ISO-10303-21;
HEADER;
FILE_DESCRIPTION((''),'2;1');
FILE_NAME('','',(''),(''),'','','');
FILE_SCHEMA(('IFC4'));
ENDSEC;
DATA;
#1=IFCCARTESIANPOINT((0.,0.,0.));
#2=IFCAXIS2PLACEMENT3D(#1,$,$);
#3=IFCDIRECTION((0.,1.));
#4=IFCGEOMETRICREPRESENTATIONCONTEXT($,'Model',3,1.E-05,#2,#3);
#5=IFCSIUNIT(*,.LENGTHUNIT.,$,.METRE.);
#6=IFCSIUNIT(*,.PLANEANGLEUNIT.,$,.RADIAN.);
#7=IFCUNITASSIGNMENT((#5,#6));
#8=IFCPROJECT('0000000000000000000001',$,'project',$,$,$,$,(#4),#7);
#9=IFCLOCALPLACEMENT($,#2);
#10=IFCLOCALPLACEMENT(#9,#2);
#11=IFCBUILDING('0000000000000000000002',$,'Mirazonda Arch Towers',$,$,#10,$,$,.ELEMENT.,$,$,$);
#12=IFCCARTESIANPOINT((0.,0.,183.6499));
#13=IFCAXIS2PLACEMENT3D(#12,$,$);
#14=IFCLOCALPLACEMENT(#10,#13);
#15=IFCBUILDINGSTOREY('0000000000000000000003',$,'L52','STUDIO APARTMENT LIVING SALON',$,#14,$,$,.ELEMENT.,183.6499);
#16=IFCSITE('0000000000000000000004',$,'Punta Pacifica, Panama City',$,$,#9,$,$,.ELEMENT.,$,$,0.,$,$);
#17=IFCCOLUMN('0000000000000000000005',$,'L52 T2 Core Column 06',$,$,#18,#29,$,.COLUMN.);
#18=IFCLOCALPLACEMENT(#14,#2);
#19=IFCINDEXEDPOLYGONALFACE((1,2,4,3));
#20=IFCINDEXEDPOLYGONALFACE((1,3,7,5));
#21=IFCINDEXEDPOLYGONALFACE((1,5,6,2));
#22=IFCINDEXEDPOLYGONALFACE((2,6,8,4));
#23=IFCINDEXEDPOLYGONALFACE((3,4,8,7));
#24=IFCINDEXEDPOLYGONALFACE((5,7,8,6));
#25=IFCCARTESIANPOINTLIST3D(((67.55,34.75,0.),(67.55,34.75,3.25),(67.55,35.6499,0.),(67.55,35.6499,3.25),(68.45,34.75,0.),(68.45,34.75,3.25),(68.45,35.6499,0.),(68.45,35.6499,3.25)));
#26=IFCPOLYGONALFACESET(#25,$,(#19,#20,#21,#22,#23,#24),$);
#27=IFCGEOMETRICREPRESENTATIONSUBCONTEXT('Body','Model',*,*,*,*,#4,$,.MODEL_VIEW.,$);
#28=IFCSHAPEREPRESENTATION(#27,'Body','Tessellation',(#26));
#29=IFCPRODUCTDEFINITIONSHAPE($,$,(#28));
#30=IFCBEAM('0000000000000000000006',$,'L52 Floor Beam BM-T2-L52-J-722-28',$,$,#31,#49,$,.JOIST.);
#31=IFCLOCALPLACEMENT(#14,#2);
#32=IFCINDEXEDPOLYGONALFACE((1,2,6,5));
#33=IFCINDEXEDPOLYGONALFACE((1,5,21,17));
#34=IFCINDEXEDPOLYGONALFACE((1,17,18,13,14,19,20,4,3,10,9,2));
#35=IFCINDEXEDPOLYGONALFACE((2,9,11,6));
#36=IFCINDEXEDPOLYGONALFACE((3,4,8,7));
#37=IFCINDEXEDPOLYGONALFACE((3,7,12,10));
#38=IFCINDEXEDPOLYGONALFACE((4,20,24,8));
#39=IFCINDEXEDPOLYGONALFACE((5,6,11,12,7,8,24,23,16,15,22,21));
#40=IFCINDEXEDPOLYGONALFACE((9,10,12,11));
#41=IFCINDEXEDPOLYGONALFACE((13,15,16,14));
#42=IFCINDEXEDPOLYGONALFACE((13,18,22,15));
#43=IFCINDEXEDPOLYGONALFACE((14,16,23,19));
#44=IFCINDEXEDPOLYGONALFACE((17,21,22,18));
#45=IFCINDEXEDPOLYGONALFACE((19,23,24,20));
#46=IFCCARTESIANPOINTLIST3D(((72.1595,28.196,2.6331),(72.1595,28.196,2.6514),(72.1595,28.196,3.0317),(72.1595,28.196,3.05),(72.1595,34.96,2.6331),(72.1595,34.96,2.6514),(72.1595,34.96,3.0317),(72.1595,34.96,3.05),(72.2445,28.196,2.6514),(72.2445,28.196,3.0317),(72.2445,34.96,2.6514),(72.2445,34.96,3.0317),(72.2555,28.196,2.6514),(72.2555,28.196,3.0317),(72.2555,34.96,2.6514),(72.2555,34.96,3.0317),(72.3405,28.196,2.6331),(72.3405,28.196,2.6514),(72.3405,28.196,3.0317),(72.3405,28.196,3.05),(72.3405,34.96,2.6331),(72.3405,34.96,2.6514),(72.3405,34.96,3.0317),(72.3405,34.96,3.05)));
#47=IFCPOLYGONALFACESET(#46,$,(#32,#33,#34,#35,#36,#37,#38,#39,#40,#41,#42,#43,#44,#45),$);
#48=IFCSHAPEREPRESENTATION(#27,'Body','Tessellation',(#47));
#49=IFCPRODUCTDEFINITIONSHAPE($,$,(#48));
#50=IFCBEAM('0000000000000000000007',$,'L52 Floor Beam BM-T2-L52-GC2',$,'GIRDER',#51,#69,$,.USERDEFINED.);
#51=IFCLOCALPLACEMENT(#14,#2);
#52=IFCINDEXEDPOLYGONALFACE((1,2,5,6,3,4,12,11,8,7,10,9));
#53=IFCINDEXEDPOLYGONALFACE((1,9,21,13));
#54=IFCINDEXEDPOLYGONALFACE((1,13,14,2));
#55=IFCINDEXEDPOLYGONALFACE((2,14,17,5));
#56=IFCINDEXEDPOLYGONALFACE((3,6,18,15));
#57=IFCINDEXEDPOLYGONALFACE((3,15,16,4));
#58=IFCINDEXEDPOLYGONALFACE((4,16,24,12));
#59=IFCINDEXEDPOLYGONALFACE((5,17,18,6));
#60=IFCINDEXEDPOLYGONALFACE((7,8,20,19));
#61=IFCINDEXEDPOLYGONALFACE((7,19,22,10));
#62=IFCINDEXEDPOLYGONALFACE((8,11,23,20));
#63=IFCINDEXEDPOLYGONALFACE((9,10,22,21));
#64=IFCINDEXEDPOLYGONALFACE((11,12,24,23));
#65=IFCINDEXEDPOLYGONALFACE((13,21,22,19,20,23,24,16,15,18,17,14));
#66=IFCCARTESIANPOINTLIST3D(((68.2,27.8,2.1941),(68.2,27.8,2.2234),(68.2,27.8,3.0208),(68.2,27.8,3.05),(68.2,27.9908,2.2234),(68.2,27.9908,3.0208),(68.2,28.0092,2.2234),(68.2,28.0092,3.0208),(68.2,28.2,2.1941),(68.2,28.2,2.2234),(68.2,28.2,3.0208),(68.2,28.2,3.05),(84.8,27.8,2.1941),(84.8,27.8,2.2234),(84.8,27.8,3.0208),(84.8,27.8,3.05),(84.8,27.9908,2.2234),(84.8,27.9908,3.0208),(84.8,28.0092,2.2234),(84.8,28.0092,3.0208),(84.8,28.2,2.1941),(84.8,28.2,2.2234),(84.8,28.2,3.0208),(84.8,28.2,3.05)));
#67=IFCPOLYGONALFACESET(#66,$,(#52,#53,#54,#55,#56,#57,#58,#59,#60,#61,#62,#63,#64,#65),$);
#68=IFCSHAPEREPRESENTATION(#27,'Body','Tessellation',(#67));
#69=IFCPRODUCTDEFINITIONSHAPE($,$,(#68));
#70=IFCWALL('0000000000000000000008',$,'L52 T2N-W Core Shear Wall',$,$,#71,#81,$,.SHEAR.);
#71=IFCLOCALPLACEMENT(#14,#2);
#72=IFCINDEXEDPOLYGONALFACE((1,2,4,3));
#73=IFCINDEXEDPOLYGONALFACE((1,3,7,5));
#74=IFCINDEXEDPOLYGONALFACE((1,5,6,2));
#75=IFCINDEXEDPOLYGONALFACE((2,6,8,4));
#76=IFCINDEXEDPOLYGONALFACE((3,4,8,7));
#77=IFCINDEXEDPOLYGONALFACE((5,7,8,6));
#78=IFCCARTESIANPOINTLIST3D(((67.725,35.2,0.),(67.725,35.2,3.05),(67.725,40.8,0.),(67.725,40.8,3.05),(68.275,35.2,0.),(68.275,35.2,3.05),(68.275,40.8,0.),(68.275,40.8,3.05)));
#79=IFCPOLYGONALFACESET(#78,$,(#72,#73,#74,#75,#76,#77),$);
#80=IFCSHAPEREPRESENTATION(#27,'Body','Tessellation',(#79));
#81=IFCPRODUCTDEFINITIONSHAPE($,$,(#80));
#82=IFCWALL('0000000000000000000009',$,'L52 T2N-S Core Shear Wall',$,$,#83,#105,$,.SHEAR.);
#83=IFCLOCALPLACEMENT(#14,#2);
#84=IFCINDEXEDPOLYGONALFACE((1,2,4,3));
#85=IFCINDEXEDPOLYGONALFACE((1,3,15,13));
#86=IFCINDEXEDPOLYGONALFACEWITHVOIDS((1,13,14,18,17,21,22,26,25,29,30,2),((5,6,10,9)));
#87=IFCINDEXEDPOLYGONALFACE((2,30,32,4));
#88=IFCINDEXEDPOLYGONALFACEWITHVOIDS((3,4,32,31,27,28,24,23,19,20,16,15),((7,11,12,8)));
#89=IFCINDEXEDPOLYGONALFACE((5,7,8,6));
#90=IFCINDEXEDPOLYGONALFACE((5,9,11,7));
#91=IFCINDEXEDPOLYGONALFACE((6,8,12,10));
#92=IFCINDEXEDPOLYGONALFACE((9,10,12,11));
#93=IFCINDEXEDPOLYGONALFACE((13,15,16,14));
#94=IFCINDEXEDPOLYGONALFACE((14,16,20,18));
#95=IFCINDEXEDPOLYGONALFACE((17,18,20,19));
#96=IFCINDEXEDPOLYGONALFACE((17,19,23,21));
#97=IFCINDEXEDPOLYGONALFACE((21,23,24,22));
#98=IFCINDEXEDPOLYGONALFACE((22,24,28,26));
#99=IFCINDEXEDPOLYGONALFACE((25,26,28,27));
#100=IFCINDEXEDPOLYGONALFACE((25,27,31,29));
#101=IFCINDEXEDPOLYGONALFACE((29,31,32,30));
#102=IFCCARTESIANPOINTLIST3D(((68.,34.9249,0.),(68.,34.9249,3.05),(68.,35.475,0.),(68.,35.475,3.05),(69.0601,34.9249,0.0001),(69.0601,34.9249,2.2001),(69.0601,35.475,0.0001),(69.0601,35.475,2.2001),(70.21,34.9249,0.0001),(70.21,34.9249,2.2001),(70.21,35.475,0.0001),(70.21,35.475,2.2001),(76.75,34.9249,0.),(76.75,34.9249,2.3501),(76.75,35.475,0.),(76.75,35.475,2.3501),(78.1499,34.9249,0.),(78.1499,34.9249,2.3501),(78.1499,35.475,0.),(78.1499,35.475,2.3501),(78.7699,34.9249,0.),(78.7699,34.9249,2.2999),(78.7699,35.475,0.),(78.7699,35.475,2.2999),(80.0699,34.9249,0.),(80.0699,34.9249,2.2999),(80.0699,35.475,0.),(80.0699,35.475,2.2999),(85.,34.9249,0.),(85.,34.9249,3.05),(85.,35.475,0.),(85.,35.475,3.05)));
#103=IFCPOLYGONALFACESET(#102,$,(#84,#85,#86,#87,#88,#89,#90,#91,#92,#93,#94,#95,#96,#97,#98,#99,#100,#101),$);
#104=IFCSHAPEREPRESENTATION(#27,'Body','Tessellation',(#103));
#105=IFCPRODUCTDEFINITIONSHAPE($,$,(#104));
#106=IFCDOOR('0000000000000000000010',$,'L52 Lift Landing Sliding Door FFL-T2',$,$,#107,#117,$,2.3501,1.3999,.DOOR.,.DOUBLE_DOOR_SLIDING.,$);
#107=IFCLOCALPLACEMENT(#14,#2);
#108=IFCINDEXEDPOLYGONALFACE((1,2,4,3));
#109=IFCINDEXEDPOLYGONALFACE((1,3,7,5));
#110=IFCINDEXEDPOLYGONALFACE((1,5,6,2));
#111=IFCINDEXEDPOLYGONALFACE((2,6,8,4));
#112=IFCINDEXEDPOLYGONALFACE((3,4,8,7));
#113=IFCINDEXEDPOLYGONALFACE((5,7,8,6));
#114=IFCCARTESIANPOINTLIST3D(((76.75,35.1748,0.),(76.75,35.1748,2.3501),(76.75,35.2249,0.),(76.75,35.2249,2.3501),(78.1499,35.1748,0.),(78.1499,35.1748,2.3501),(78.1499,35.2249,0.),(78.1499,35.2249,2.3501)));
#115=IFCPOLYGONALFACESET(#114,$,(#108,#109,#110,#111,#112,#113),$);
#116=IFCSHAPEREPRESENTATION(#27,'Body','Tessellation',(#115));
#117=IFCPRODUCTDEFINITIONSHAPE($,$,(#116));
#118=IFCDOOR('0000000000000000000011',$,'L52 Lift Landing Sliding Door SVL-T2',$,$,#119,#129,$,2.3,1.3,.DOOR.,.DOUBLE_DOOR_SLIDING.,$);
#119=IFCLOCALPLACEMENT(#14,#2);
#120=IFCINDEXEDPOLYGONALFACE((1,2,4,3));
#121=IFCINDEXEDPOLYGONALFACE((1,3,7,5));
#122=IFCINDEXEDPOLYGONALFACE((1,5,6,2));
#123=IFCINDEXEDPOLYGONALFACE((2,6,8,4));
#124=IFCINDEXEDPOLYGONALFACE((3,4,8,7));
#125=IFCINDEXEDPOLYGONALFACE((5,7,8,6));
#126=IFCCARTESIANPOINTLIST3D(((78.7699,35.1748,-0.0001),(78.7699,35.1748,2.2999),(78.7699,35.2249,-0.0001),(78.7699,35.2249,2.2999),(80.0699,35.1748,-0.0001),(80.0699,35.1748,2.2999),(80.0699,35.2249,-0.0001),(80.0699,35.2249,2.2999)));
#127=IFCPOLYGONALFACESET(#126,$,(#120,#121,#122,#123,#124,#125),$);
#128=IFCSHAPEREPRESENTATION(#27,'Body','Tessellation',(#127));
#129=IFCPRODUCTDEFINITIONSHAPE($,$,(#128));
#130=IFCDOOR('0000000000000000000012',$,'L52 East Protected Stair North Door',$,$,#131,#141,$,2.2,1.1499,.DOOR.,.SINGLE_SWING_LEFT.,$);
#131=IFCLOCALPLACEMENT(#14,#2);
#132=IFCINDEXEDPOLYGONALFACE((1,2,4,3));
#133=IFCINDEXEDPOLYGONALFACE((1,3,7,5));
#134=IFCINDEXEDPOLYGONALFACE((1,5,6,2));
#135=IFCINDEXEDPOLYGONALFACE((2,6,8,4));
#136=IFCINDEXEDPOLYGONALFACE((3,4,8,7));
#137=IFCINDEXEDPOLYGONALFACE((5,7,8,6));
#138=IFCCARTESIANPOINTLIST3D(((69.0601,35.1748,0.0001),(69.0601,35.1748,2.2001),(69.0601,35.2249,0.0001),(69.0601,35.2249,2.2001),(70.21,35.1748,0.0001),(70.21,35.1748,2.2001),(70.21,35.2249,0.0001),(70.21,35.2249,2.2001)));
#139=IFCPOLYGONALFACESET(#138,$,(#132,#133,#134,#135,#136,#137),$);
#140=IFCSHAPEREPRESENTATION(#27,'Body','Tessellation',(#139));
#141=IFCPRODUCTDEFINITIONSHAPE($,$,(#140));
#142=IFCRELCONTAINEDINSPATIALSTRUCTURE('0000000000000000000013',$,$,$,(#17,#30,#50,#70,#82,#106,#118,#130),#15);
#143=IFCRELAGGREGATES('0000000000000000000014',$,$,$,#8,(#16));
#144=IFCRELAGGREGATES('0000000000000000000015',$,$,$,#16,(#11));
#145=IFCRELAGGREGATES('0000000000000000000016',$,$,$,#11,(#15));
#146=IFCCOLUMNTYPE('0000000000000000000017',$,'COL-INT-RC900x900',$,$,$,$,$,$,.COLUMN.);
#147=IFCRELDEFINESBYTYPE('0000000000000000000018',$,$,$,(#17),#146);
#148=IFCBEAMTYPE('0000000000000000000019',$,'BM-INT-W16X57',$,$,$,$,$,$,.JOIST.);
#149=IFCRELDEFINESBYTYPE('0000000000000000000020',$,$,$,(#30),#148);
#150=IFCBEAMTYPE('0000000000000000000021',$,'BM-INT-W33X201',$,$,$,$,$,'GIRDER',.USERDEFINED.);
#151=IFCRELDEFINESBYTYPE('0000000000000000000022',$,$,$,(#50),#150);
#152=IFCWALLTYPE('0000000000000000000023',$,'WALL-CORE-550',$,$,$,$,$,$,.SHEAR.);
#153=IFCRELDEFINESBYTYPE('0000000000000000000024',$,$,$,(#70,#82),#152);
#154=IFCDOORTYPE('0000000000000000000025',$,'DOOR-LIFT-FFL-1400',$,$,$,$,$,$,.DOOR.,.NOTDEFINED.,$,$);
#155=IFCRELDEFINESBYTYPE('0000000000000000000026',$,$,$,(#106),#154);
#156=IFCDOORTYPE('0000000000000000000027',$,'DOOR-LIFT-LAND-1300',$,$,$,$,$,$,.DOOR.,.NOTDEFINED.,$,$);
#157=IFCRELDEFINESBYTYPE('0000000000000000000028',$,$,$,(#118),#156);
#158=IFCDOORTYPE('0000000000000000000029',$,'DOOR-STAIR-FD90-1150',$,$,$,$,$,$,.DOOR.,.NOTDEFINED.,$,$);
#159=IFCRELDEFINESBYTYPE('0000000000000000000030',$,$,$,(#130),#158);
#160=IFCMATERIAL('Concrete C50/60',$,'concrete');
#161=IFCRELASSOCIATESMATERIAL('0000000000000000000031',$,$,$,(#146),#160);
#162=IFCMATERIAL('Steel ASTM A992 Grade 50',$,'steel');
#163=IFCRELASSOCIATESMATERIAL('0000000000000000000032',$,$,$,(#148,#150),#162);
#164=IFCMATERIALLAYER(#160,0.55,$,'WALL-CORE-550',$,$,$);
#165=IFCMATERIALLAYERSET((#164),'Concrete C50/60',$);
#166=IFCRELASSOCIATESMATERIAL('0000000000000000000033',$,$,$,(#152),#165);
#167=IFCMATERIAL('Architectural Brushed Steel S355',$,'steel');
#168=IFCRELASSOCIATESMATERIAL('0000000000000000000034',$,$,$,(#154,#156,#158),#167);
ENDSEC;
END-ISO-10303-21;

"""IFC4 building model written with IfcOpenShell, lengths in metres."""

from ifc_helpers import new_model, si_unit, direction, frame, frame_2d, origin, origin_2d, place, context, subcontext, project, spatial, rectangle, i_section, extrude, material, layer, layer_set, material_profile, profile_set, type_object, element, fill, save


model = new_model("IFC4")

# Units and contexts
model_context = context("Model", 3, precision=1e-05, world=origin(), true_north=direction((0.0, 1.0)))
body_context = subcontext(model_context, "Body", "Model", "MODEL_VIEW")
ifc_project = project(units=[si_unit("LENGTHUNIT", "METRE"), si_unit("PLANEANGLEUNIT", "RADIAN")], contexts=[model_context])

# Site, building, storey
site_placement = place(None, origin())
site = spatial("IfcSite", under=ifc_project, at=site_placement, Name="Punta Pacifica, Panama City", CompositionType="ELEMENT", RefElevation=0.0)
building_placement = place(site_placement, origin())
building = spatial("IfcBuilding", under=site, at=building_placement, Name="Mirazonda Arch Towers", CompositionType="ELEMENT")
storey_placement = place(building_placement, frame((0.0, 0.0, 183.6499)))
storey = spatial("IfcBuildingStorey", under=building, at=storey_placement, Name="L52", Description="STUDIO APARTMENT LIVING SALON", CompositionType="ELEMENT", Elevation=183.6499)

# Column
ifc_material_1 = material(Name="Concrete C50/60", Category="concrete")
ifc_material_profile_1 = material_profile(ifc_material_1, rectangle(XDim=0.8999, YDim=0.8999, at=origin_2d()), Name="RC900x900")
ifc_profile_set_1 = profile_set([ifc_material_profile_1], Name="Concrete C50/60")
column_type = type_object("IfcColumnType", Name="COL-INT-RC900x900", PredefinedType="COLUMN", material=ifc_profile_set_1)
column_placement = place(storey_placement, frame((68.0, 35.2, 0.0), z_axis=(0.0, 0.0, 1.0), x_axis=(1.0, 0.0, 0.0)))
element("IfcColumn", 1, at=column_placement, inside=storey, type_object=column_type, Name="L52 T2 Core Column 06", PredefinedType="COLUMN", context=body_context, shape_type="SweptSolid", body=[
    extrude(rectangle(XDim=0.8999, YDim=0.8999, at=origin_2d()), origin(), (0.0, 0.0, 1.0), 3.25),
])

# Beams
ifc_material_2 = material(Name="Steel ASTM A992 Grade 50", Category="steel")
ifc_material_profile_2 = material_profile(ifc_material_2, i_section(OverallWidth=0.1809, OverallDepth=0.417, WebThickness=0.011, FlangeThickness=0.0183, at=origin_2d()), Name="W16X57")
ifc_profile_set_2 = profile_set([ifc_material_profile_2], Name="Steel ASTM A992 Grade 50")
beam_type_1 = type_object("IfcBeamType", Name="BM-INT-W16X57", PredefinedType="JOIST", material=ifc_profile_set_2)
beam_1_placement = place(storey_placement, frame((72.25, 28.196, 2.8416), z_axis=(0.0, 1.0, 0.0), x_axis=(-1.0, 0.0, 0.0)))
element("IfcBeam", 2, at=beam_1_placement, inside=storey, type_object=beam_type_1, Name="L52 Floor Beam BM-T2-L52-J-722-28", PredefinedType="JOIST", context=body_context, shape_type="SweptSolid", body=[
    extrude(i_section(OverallWidth=0.1809, OverallDepth=0.417, WebThickness=0.011, FlangeThickness=0.0183, at=origin_2d()), origin(), (0.0, 0.0, 1.0), 6.7639),
])
ifc_material_profile_3 = material_profile(ifc_material_2, i_section(OverallWidth=0.3999, OverallDepth=0.856, WebThickness=0.0183, FlangeThickness=0.0293, at=origin_2d()), Name="W33X201")
ifc_profile_set_3 = profile_set([ifc_material_profile_3], Name="Steel ASTM A992 Grade 50")
beam_type_2 = type_object("IfcBeamType", Name="BM-INT-W33X201", ElementType="GIRDER", PredefinedType="USERDEFINED", material=ifc_profile_set_3)
beam_2_placement = place(storey_placement, frame((68.2, 28.0, 2.6221), z_axis=(1.0, 0.0, 0.0), x_axis=(0.0, 1.0, 0.0)))
element("IfcBeam", 3, at=beam_2_placement, inside=storey, type_object=beam_type_2, Name="L52 Floor Beam BM-T2-L52-GC2", ObjectType="GIRDER", PredefinedType="USERDEFINED", context=body_context, shape_type="SweptSolid", body=[
    extrude(i_section(OverallWidth=0.3999, OverallDepth=0.856, WebThickness=0.0183, FlangeThickness=0.0293, at=origin_2d()), origin(), (0.0, 0.0, 1.0), 16.6001),
])

# Wall
ifc_layer_1 = layer(ifc_material_1, 0.55, Name="WALL-CORE-550")
ifc_layer_set_1 = layer_set([ifc_layer_1], Name="Concrete C50/60")
wall_type_1 = type_object("IfcWallType", Name="WALL-CORE-550", PredefinedType="SHEAR", material=ifc_layer_set_1)
wall_1_placement = place(storey_placement, frame((68.0, 35.2, 0.0), z_axis=(0.0, 0.0, 1.0), x_axis=(0.0, 1.0, 0.0)))
element("IfcWall", 4, at=wall_1_placement, inside=storey, type_object=wall_type_1, Name="L52 T2N-W Core Shear Wall", PredefinedType="SHEAR", context=body_context, shape_type="SweptSolid", body=[
    extrude(rectangle(XDim=5.6001, YDim=0.55, at=frame_2d((2.8, 0.0))), origin(), (0.0, 0.0, 1.0), 3.05),
])

# Wall, openings, doors
wall_2_placement = place(storey_placement, frame((68.0, 35.2, 0.0), z_axis=(0.0, 0.0, 1.0), x_axis=(1.0, 0.0, 0.0)))
wall_2 = element("IfcWall", 5, at=wall_2_placement, inside=storey, type_object=wall_type_1, Name="L52 T2N-S Core Shear Wall", PredefinedType="SHEAR", context=body_context, shape_type="SweptSolid", body=[
    extrude(rectangle(XDim=17.0, YDim=0.55, at=frame_2d((8.5, 0.0))), origin(), (0.0, 0.0, 1.0), 3.05),
])
opening_1_placement = place(wall_2_placement, frame((1.0601, 0.0, 0.0)))
opening_1 = element("IfcOpeningElement", 6, at=opening_1_placement, cuts=wall_2, PredefinedType="OPENING", context=body_context, shape_type="SweptSolid", body=[
    extrude(rectangle(XDim=1.1499, YDim=2.2, at=frame_2d((0.575, 1.1001))), frame((0.0, 0.2849, 0.0), z_axis=(0.0, -1.0, 0.0), x_axis=(1.0, 0.0, 0.0)), (0.0, 0.0, 1.0), 0.5701),
])
opening_2_placement = place(wall_2_placement, frame((8.75, 0.0, 0.0)))
opening_2 = element("IfcOpeningElement", 7, at=opening_2_placement, cuts=wall_2, PredefinedType="OPENING", context=body_context, shape_type="SweptSolid", body=[
    extrude(rectangle(XDim=1.3999, YDim=2.3501, at=frame_2d((0.7, 1.175))), frame((0.0, 0.2849, 0.0), z_axis=(0.0, -1.0, 0.0), x_axis=(1.0, 0.0, 0.0)), (0.0, 0.0, 1.0), 0.5701),
])
opening_3_placement = place(wall_2_placement, frame((10.77, 0.0, 0.0)))
opening_3 = element("IfcOpeningElement", 8, at=opening_3_placement, cuts=wall_2, PredefinedType="OPENING", context=body_context, shape_type="SweptSolid", body=[
    extrude(rectangle(XDim=1.3, YDim=2.3, at=frame_2d((0.6499, 1.1499))), frame((0.0, 0.2849, 0.0), z_axis=(0.0, -1.0, 0.0), x_axis=(1.0, 0.0, 0.0)), (0.0, 0.0, 1.0), 0.5701),
])
ifc_material_3 = material(Name="Architectural Brushed Steel S355", Category="steel")
door_type_1 = type_object("IfcDoorType", Name="DOOR-LIFT-FFL-1400", OperationType="NOTDEFINED", PredefinedType="DOOR", material=ifc_material_3)
door_1_placement = place(opening_2_placement, origin())
door_1 = element("IfcDoor", 9, at=door_1_placement, inside=storey, type_object=door_type_1, Name="L52 Lift Landing Sliding Door FFL-T2", OperationType="DOUBLE_DOOR_SLIDING", OverallHeight=2.3501, OverallWidth=1.3999, PredefinedType="DOOR", context=body_context, shape_type="SweptSolid", body=[
    extrude(rectangle(XDim=1.3999, YDim=2.3501, at=frame_2d((0.7, 1.175))), frame((0.0, 0.0249, 0.0), z_axis=(0.0, -1.0, 0.0), x_axis=(1.0, 0.0, 0.0)), (0.0, 0.0, 1.0), 0.05),
])
fill(opening_2, door_1)
door_type_2 = type_object("IfcDoorType", Name="DOOR-LIFT-LAND-1300", OperationType="NOTDEFINED", PredefinedType="DOOR", material=ifc_material_3)
door_2_placement = place(opening_3_placement, origin())
door_2 = element("IfcDoor", 10, at=door_2_placement, inside=storey, type_object=door_type_2, Name="L52 Lift Landing Sliding Door SVL-T2", OperationType="DOUBLE_DOOR_SLIDING", OverallHeight=2.3, OverallWidth=1.3, PredefinedType="DOOR", context=body_context, shape_type="SweptSolid", body=[
    extrude(rectangle(XDim=1.3, YDim=2.3, at=frame_2d((0.6499, 1.1499))), frame((0.0, 0.0249, 0.0), z_axis=(0.0, -1.0, 0.0), x_axis=(1.0, 0.0, 0.0)), (0.0, 0.0, 1.0), 0.05),
])
fill(opening_3, door_2)
door_type_3 = type_object("IfcDoorType", Name="DOOR-STAIR-FD90-1150", OperationType="NOTDEFINED", PredefinedType="DOOR", material=ifc_material_3)
door_3_placement = place(opening_1_placement, origin())
door_3 = element("IfcDoor", 11, at=door_3_placement, inside=storey, type_object=door_type_3, Name="L52 East Protected Stair North Door", OperationType="SINGLE_SWING_LEFT", OverallHeight=2.2, OverallWidth=1.1499, PredefinedType="DOOR", context=body_context, shape_type="SweptSolid", body=[
    extrude(rectangle(XDim=1.1499, YDim=2.2, at=frame_2d((0.575, 1.1001))), frame((0.0, 0.0249, 0.0), z_axis=(0.0, -1.0, 0.0), x_axis=(1.0, 0.0, 0.0)), (0.0, 0.0, 1.0), 0.05),
])
fill(opening_1, door_3)

save(model, "model.ifc")
